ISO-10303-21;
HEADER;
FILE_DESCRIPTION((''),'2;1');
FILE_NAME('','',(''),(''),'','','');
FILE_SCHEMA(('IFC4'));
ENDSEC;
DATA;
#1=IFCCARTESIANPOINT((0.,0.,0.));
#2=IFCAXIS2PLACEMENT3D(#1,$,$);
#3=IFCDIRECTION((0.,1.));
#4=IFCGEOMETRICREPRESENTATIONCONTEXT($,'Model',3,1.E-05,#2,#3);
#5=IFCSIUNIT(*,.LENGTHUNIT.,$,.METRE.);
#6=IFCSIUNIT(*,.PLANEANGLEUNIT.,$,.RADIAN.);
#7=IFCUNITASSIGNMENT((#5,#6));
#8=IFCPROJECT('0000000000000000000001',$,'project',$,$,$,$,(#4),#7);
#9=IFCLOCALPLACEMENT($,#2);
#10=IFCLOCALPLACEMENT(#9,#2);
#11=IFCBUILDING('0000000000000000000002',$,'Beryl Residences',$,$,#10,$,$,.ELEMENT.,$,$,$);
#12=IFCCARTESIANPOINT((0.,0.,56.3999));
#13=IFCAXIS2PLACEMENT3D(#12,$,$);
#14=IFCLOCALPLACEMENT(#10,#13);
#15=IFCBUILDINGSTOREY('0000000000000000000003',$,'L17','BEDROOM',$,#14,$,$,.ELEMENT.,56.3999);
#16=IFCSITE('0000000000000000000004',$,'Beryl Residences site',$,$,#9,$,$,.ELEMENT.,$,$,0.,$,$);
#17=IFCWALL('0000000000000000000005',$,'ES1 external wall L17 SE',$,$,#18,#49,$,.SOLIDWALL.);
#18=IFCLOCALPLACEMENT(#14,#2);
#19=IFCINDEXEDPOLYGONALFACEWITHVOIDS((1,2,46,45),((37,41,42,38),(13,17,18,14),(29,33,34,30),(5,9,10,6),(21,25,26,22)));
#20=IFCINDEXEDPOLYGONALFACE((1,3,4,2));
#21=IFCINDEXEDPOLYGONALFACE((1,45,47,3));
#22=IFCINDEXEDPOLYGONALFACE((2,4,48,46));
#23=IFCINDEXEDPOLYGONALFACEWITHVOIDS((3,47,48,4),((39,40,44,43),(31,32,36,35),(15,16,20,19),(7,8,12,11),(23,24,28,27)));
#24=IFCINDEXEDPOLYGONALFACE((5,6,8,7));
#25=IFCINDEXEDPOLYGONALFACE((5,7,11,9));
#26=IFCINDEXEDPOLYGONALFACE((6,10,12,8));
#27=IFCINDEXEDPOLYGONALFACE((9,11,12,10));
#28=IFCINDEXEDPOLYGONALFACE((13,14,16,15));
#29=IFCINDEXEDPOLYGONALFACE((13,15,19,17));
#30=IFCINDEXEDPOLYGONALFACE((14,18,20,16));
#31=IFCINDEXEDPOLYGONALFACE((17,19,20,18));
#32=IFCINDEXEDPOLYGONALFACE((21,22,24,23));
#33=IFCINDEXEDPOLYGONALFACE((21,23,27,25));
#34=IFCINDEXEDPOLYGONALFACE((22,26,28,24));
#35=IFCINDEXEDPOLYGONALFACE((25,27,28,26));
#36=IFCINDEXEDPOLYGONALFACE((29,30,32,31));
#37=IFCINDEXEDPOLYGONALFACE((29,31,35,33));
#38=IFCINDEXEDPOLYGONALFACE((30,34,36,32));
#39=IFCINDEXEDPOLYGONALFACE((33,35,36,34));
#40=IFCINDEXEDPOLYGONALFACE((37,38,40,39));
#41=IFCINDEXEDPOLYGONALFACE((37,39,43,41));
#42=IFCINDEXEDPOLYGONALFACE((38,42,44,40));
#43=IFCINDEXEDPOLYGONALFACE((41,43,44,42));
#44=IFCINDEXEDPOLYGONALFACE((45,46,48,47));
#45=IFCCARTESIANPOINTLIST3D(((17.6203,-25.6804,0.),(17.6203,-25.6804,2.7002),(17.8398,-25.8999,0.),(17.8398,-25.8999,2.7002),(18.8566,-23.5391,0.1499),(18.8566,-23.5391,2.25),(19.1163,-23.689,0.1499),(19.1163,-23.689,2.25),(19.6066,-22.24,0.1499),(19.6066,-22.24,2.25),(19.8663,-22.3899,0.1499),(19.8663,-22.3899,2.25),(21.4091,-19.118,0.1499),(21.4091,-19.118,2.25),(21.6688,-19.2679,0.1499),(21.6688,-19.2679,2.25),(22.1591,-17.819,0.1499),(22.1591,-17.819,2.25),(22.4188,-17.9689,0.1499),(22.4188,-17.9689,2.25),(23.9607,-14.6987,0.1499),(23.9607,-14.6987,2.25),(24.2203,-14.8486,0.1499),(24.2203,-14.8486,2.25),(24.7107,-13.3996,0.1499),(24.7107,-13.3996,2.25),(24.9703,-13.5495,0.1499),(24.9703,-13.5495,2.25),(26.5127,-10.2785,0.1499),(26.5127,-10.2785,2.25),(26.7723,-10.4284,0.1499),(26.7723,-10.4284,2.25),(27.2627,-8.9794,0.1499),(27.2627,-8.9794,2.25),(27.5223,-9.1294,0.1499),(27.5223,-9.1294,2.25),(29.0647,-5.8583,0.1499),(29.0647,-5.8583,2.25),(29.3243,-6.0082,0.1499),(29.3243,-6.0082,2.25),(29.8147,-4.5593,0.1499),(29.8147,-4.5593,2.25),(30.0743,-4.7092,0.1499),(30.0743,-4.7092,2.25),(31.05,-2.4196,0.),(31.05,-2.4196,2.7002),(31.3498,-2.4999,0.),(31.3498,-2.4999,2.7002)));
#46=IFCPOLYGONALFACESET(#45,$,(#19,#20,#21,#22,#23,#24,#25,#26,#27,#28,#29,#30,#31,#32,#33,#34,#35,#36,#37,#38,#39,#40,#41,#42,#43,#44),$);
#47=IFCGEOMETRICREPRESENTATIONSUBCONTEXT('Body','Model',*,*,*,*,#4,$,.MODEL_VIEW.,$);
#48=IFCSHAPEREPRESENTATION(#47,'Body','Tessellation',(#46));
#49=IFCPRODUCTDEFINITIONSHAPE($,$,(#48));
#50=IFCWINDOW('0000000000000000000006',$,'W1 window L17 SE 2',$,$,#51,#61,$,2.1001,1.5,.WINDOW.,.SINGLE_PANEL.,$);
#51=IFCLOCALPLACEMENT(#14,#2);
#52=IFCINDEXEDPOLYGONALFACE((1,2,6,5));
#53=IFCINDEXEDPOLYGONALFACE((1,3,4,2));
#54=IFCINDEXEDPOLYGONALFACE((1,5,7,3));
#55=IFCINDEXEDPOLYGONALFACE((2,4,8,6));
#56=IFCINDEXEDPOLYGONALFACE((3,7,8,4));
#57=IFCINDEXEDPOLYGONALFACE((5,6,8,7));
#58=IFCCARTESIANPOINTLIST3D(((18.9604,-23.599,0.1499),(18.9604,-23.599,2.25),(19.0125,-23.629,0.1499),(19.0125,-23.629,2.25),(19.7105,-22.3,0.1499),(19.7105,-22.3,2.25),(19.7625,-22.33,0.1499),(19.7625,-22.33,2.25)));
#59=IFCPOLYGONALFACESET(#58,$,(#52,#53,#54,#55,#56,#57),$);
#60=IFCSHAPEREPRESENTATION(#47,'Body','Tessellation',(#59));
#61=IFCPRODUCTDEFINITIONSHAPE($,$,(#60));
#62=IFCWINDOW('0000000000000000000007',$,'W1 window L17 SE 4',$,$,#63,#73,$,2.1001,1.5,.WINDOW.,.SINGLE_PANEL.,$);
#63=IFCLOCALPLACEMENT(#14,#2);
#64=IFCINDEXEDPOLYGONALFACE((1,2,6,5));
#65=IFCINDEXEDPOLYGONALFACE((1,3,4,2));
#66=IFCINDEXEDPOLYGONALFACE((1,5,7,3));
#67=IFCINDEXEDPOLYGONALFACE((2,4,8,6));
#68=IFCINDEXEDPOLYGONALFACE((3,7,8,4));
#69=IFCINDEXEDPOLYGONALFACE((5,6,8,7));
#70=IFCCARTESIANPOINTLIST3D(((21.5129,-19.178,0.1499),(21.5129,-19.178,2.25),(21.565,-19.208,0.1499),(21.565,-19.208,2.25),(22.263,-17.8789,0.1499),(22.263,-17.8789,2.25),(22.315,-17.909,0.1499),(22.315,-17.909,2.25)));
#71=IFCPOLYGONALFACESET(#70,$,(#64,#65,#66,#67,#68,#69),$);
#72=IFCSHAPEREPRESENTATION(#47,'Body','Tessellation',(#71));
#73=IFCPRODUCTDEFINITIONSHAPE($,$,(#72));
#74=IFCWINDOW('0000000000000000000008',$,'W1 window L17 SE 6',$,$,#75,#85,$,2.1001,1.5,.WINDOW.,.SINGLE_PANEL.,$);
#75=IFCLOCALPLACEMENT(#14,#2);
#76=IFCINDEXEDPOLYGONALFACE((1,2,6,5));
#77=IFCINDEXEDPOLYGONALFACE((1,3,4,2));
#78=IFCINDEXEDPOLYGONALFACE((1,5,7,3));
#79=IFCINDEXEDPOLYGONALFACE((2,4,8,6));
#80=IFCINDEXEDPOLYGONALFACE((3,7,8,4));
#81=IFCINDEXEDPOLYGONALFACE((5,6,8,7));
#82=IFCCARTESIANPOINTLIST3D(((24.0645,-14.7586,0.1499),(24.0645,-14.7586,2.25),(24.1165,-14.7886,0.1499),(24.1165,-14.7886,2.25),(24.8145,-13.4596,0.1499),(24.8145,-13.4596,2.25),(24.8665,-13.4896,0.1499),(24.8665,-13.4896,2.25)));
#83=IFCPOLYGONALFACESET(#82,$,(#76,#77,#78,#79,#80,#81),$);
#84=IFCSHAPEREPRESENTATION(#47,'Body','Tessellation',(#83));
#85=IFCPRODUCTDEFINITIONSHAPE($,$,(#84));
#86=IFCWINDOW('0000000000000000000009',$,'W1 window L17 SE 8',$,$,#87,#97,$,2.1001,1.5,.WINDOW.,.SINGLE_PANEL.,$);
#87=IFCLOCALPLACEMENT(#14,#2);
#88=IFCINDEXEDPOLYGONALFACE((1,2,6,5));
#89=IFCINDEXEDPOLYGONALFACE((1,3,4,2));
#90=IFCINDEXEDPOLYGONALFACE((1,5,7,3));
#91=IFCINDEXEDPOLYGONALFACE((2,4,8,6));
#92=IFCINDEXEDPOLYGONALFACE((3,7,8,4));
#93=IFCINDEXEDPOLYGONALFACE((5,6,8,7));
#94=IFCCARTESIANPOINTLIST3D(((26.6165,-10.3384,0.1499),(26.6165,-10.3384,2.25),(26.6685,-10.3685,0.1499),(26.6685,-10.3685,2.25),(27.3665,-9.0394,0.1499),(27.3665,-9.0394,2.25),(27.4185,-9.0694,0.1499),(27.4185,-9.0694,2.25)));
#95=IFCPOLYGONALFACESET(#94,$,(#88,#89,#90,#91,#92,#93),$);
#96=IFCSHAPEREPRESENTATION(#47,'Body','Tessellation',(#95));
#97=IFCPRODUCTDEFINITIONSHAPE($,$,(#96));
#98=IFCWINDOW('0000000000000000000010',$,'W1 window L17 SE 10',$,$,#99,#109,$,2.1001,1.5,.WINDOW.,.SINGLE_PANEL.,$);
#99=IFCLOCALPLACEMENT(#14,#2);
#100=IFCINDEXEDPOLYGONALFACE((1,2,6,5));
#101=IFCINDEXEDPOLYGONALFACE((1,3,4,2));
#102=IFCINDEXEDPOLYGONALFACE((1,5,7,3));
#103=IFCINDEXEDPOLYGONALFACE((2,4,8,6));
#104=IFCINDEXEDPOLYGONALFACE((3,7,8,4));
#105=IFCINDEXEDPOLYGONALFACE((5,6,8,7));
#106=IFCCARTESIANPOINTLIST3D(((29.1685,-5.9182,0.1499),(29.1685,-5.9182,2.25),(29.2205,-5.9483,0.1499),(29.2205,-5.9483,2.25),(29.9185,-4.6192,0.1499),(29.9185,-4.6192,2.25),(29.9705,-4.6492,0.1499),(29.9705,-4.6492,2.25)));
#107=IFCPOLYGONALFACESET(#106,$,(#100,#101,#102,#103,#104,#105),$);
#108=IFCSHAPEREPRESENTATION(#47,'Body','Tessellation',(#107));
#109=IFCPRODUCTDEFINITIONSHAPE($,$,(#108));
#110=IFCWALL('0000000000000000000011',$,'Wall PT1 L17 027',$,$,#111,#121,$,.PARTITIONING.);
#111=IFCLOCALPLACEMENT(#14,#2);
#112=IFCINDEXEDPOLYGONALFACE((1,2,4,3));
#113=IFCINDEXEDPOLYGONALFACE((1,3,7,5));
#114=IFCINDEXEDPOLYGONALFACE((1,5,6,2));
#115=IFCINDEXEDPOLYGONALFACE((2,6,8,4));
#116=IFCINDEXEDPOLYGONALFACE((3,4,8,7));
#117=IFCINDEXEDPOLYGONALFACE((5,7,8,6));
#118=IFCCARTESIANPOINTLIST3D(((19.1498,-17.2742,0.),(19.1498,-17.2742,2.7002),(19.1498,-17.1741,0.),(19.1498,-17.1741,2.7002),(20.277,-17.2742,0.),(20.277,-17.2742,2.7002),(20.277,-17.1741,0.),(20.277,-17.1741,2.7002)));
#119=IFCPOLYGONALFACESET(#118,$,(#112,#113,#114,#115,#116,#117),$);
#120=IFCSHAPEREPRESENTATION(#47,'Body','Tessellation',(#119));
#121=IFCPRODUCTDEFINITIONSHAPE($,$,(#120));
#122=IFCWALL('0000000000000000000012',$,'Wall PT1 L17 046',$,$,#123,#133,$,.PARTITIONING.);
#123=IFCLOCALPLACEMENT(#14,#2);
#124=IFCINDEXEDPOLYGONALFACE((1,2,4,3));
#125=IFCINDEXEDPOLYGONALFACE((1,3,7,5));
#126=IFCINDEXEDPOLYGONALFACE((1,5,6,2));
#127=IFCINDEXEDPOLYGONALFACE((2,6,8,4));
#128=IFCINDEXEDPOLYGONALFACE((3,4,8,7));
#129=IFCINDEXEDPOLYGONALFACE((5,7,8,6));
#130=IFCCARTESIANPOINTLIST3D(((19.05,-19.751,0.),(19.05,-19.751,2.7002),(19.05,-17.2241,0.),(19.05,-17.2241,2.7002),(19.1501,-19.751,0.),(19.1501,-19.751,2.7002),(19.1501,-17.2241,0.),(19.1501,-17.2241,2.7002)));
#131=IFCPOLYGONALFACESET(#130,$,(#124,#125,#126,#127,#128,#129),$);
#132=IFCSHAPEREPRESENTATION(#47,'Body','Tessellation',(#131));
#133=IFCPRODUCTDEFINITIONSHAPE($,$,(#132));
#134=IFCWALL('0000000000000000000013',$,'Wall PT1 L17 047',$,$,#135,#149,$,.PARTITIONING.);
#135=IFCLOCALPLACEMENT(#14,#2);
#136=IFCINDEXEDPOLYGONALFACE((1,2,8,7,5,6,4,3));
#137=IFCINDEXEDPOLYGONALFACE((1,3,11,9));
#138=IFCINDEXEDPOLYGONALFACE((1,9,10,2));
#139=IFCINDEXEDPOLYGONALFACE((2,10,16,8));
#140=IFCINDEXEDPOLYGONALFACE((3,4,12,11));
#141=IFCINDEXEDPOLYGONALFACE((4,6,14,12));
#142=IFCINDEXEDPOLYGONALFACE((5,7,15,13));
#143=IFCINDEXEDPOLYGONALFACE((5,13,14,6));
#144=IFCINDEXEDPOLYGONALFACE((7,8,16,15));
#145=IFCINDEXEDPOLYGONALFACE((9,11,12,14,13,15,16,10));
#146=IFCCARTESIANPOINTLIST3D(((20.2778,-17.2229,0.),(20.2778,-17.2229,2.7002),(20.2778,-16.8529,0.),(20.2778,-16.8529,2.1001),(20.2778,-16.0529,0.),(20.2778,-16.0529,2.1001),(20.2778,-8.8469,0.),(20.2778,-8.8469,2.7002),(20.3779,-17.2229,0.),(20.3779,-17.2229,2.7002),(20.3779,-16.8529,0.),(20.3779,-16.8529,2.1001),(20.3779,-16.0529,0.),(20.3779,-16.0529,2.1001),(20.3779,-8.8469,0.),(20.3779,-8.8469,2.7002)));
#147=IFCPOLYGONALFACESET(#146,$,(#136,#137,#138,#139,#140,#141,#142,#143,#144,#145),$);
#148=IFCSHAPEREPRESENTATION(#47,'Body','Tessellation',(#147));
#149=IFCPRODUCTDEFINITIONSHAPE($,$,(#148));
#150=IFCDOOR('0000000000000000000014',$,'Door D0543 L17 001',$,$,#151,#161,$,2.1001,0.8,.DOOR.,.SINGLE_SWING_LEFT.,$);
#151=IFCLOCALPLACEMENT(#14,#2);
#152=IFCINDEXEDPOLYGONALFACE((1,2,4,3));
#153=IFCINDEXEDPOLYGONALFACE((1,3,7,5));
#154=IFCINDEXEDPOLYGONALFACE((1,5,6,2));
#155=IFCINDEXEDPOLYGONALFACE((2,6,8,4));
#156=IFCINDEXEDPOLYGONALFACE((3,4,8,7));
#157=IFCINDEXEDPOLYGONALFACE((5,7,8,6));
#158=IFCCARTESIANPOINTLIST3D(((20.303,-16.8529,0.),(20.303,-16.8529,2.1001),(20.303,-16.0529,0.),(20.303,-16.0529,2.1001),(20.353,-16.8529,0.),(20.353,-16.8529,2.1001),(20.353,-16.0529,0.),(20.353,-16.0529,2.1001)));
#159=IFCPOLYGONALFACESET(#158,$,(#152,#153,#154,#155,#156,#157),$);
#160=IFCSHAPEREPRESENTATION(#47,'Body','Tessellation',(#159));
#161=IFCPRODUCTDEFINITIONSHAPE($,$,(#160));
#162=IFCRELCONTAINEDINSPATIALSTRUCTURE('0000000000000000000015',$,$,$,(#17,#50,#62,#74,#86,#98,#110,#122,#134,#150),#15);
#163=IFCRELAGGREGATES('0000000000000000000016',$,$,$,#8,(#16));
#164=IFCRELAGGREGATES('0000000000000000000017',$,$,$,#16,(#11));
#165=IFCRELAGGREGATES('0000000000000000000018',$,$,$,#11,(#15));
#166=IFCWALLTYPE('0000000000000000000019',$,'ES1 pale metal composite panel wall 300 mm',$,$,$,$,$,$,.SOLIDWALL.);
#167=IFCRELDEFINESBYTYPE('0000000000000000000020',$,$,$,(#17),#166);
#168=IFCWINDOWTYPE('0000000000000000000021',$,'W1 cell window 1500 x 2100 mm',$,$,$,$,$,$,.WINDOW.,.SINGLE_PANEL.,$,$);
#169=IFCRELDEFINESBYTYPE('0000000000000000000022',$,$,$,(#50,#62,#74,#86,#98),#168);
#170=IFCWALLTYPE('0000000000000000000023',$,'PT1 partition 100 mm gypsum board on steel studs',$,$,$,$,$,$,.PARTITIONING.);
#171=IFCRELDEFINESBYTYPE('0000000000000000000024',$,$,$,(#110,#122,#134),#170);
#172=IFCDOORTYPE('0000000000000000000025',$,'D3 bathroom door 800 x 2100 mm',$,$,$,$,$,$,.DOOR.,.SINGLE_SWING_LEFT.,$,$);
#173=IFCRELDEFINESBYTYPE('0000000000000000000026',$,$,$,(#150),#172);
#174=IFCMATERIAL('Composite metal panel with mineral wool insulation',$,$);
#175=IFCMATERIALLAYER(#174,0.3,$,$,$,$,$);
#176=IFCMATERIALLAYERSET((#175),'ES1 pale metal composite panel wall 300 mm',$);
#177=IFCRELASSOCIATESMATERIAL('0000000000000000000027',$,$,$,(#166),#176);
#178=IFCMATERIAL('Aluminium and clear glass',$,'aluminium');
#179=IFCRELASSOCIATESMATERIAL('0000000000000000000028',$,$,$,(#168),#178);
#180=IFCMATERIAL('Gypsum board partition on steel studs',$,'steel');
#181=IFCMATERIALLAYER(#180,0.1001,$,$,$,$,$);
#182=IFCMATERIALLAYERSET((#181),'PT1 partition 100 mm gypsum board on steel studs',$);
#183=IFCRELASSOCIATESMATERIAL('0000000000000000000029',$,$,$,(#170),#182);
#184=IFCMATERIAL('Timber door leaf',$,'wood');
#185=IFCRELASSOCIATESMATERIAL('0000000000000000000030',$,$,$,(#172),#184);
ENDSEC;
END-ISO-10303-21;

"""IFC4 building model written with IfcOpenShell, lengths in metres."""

from ifc_helpers import new_model, si_unit, direction, frame, frame_2d, origin, place, context, subcontext, project, spatial, polyline, rectangle, outline, extrude, material, layer, layer_set, type_object, element, fill, save


model = new_model("IFC4")

# Units and contexts
model_context = context("Model", 3, precision=1e-05, world=origin(), true_north=direction((0.0, 1.0)))
body_context = subcontext(model_context, "Body", "Model", "MODEL_VIEW")
ifc_project = project(units=[si_unit("LENGTHUNIT", "METRE"), si_unit("PLANEANGLEUNIT", "RADIAN")], contexts=[model_context])

# Site, building, storey
site_placement = place(None, origin())
site = spatial("IfcSite", under=ifc_project, at=site_placement, Name="Beryl Residences site", CompositionType="ELEMENT", RefElevation=0.0)
building_placement = place(site_placement, origin())
building = spatial("IfcBuilding", under=site, at=building_placement, Name="Beryl Residences", CompositionType="ELEMENT")
storey_placement = place(building_placement, frame((0.0, 0.0, 56.3999)))
storey = spatial("IfcBuildingStorey", under=building, at=storey_placement, Name="L17", Description="BEDROOM", CompositionType="ELEMENT", Elevation=56.3999)

# Shared definitions
ifc_material_1 = material(Name="Composite metal panel with mineral wool insulation")
ifc_layer_1 = layer(ifc_material_1, 0.3)
ifc_layer_set_1 = layer_set([ifc_layer_1], Name="ES1 pale metal composite panel wall 300 mm")
wall_type_1 = type_object("IfcWallType", Name="ES1 pale metal composite panel wall 300 mm", PredefinedType="SOLIDWALL", material=ifc_layer_set_1)

# Wall, openings, windows
wall_1_placement = place(storey_placement, frame((17.71, -25.825, 0.0), z_axis=(0.0, 0.0, 1.0), x_axis=(0.500002, 0.866024, 0.0)))
wall_1 = element("IfcWall", 1, at=wall_1_placement, inside=storey, type_object=wall_type_1, Name="ES1 external wall L17 SE", PredefinedType="SOLIDWALL", context=body_context, shape_type="SweptSolid", body=[
    extrude(outline(polyline([(0.0, -0.1499), (27.02, -0.1499), (26.9397, 0.1499), (0.0803, 0.1499), (0.0, -0.1499)])), origin(), (0.0, 0.0, 1.0), 2.7002),
])
opening_1_placement = place(wall_1_placement, frame((2.553, 0.0, 0.1499)))
opening_1 = element("IfcOpeningElement", 2, at=opening_1_placement, cuts=wall_1, PredefinedType="OPENING", context=body_context, shape_type="SweptSolid", body=[
    extrude(rectangle(XDim=1.5, YDim=2.1001, at=frame_2d((0.75, 1.05))), frame((0.0, 0.1599, 0.0), z_axis=(0.0, -1.0, 0.0), x_axis=(1.0, 0.0, 0.0)), (0.0, 0.0, 1.0), 0.3201),
])
opening_2_placement = place(wall_1_placement, frame((7.658, 0.0, 0.1499)))
opening_2 = element("IfcOpeningElement", 3, at=opening_2_placement, cuts=wall_1, PredefinedType="OPENING", context=body_context, shape_type="SweptSolid", body=[
    extrude(rectangle(XDim=1.5, YDim=2.1001, at=frame_2d((0.75, 1.05))), frame((0.0, 0.1599, 0.0), z_axis=(0.0, -1.0, 0.0), x_axis=(1.0, 0.0, 0.0)), (0.0, 0.0, 1.0), 0.3201),
])
opening_3_placement = place(wall_1_placement, frame((12.761, 0.0, 0.1499)))
opening_3 = element("IfcOpeningElement", 4, at=opening_3_placement, cuts=wall_1, PredefinedType="OPENING", context=body_context, shape_type="SweptSolid", body=[
    extrude(rectangle(XDim=1.5, YDim=2.1001, at=frame_2d((0.75, 1.05))), frame((0.0, 0.1599, 0.0), z_axis=(0.0, -1.0, 0.0), x_axis=(1.0, 0.0, 0.0)), (0.0, 0.0, 1.0), 0.3201),
])
opening_4_placement = place(wall_1_placement, frame((17.865, 0.0, 0.1499)))
opening_4 = element("IfcOpeningElement", 5, at=opening_4_placement, cuts=wall_1, PredefinedType="OPENING", context=body_context, shape_type="SweptSolid", body=[
    extrude(rectangle(XDim=1.5, YDim=2.1001, at=frame_2d((0.75, 1.05))), frame((0.0, 0.1599, 0.0), z_axis=(0.0, -1.0, 0.0), x_axis=(1.0, 0.0, 0.0)), (0.0, 0.0, 1.0), 0.3201),
])
opening_5_placement = place(wall_1_placement, frame((22.969, 0.0, 0.1499)))
opening_5 = element("IfcOpeningElement", 6, at=opening_5_placement, cuts=wall_1, PredefinedType="OPENING", context=body_context, shape_type="SweptSolid", body=[
    extrude(rectangle(XDim=1.5, YDim=2.1001, at=frame_2d((0.75, 1.05))), frame((0.0, 0.1599, 0.0), z_axis=(0.0, -1.0, 0.0), x_axis=(1.0, 0.0, 0.0)), (0.0, 0.0, 1.0), 0.3201),
])
ifc_material_2 = material(Name="Aluminium and clear glass", Category="aluminium")
window_type_1 = type_object("IfcWindowType", Name="W1 cell window 1500 x 2100 mm", PartitioningType="SINGLE_PANEL", PredefinedType="WINDOW", material=ifc_material_2)
window_1_placement = place(opening_1_placement, origin())
window_1 = element("IfcWindow", 7, at=window_1_placement, inside=storey, type_object=window_type_1, Name="W1 window L17 SE 2", OverallHeight=2.1001, OverallWidth=1.5, PartitioningType="SINGLE_PANEL", PredefinedType="WINDOW", context=body_context, shape_type="SweptSolid", body=[
    extrude(rectangle(XDim=1.5, YDim=2.1001, at=frame_2d((0.75, 1.05))), frame((0.0, 0.03, 0.0), z_axis=(0.0, -1.0, 0.0), x_axis=(1.0, 0.0, 0.0)), (0.0, 0.0, 1.0), 0.0601),
])
fill(opening_1, window_1)
window_2_placement = place(opening_2_placement, origin())
window_2 = element("IfcWindow", 8, at=window_2_placement, inside=storey, type_object=window_type_1, Name="W1 window L17 SE 4", OverallHeight=2.1001, OverallWidth=1.5, PartitioningType="SINGLE_PANEL", PredefinedType="WINDOW", context=body_context, shape_type="SweptSolid", body=[
    extrude(rectangle(XDim=1.5, YDim=2.1001, at=frame_2d((0.75, 1.05))), frame((0.0, 0.03, 0.0), z_axis=(0.0, -1.0, 0.0), x_axis=(1.0, 0.0, 0.0)), (0.0, 0.0, 1.0), 0.0601),
])
fill(opening_2, window_2)
window_3_placement = place(opening_3_placement, origin())
window_3 = element("IfcWindow", 9, at=window_3_placement, inside=storey, type_object=window_type_1, Name="W1 window L17 SE 6", OverallHeight=2.1001, OverallWidth=1.5, PartitioningType="SINGLE_PANEL", PredefinedType="WINDOW", context=body_context, shape_type="SweptSolid", body=[
    extrude(rectangle(XDim=1.5, YDim=2.1001, at=frame_2d((0.75, 1.05))), frame((0.0, 0.03, 0.0), z_axis=(0.0, -1.0, 0.0), x_axis=(1.0, 0.0, 0.0)), (0.0, 0.0, 1.0), 0.0601),
])
fill(opening_3, window_3)
window_4_placement = place(opening_4_placement, origin())
window_4 = element("IfcWindow", 10, at=window_4_placement, inside=storey, type_object=window_type_1, Name="W1 window L17 SE 8", OverallHeight=2.1001, OverallWidth=1.5, PartitioningType="SINGLE_PANEL", PredefinedType="WINDOW", context=body_context, shape_type="SweptSolid", body=[
    extrude(rectangle(XDim=1.5, YDim=2.1001, at=frame_2d((0.75, 1.05))), frame((0.0, 0.03, 0.0), z_axis=(0.0, -1.0, 0.0), x_axis=(1.0, 0.0, 0.0)), (0.0, 0.0, 1.0), 0.0601),
])
fill(opening_4, window_4)
window_5_placement = place(opening_5_placement, origin())
window_5 = element("IfcWindow", 11, at=window_5_placement, inside=storey, type_object=window_type_1, Name="W1 window L17 SE 10", OverallHeight=2.1001, OverallWidth=1.5, PartitioningType="SINGLE_PANEL", PredefinedType="WINDOW", context=body_context, shape_type="SweptSolid", body=[
    extrude(rectangle(XDim=1.5, YDim=2.1001, at=frame_2d((0.75, 1.05))), frame((0.0, 0.03, 0.0), z_axis=(0.0, -1.0, 0.0), x_axis=(1.0, 0.0, 0.0)), (0.0, 0.0, 1.0), 0.0601),
])
fill(opening_5, window_5)

# Walls
ifc_material_3 = material(Name="Gypsum board partition on steel studs", Category="steel")
ifc_layer_2 = layer(ifc_material_3, 0.1001)
ifc_layer_set_2 = layer_set([ifc_layer_2], Name="PT1 partition 100 mm gypsum board on steel studs")
wall_type_2 = type_object("IfcWallType", Name="PT1 partition 100 mm gypsum board on steel studs", PredefinedType="PARTITIONING", material=ifc_layer_set_2)
wall_2_placement = place(storey_placement, frame((19.1499, -17.2241, 0.0), z_axis=(0.0, 0.0, 1.0), x_axis=(1.0, 0.0, 0.0)))
element("IfcWall", 12, at=wall_2_placement, inside=storey, type_object=wall_type_2, Name="Wall PT1 L17 027", PredefinedType="PARTITIONING", context=body_context, shape_type="SweptSolid", body=[
    extrude(rectangle(XDim=1.1272, YDim=0.1001, at=frame_2d((0.5635, 0.0))), origin(), (0.0, 0.0, 1.0), 2.7002),
])
wall_3_placement = place(storey_placement, frame((19.1001, -19.751, 0.0), z_axis=(0.0, 0.0, 1.0), x_axis=(0.0, 1.0, 0.0)))
element("IfcWall", 13, at=wall_3_placement, inside=storey, type_object=wall_type_2, Name="Wall PT1 L17 046", PredefinedType="PARTITIONING", context=body_context, shape_type="SweptSolid", body=[
    extrude(rectangle(XDim=2.5269, YDim=0.1001, at=frame_2d((1.2634, 0.0))), origin(), (0.0, 0.0, 1.0), 2.7002),
])

# Wall, opening, door
wall_4_placement = place(storey_placement, frame((20.3279, -17.2229, 0.0), z_axis=(0.0, 0.0, 1.0), x_axis=(0.0, 1.0, 0.0)))
wall_4 = element("IfcWall", 14, at=wall_4_placement, inside=storey, type_object=wall_type_2, Name="Wall PT1 L17 047", PredefinedType="PARTITIONING", context=body_context, shape_type="SweptSolid", body=[
    extrude(rectangle(XDim=8.376, YDim=0.1001, at=frame_2d((4.188, 0.0))), origin(), (0.0, 0.0, 1.0), 2.7002),
])
opening_6_placement = place(wall_4_placement, frame((0.3701, 0.0, 0.0)))
opening_6 = element("IfcOpeningElement", 15, at=opening_6_placement, cuts=wall_4, PredefinedType="OPENING", context=body_context, shape_type="SweptSolid", body=[
    extrude(rectangle(XDim=0.8, YDim=2.1001, at=frame_2d((0.3999, 1.05))), frame((0.0, 0.0601, 0.0), z_axis=(0.0, -1.0, 0.0), x_axis=(1.0, 0.0, 0.0)), (0.0, 0.0, 1.0), 0.1201),
])
ifc_material_4 = material(Name="Timber door leaf", Category="wood")
door_type = type_object("IfcDoorType", Name="D3 bathroom door 800 x 2100 mm", OperationType="SINGLE_SWING_LEFT", PredefinedType="DOOR", material=ifc_material_4)
door_1_placement = place(opening_6_placement, origin())
door_1 = element("IfcDoor", 16, at=door_1_placement, inside=storey, type_object=door_type, Name="Door D0543 L17 001", OperationType="SINGLE_SWING_LEFT", OverallHeight=2.1001, OverallWidth=0.8, PredefinedType="DOOR", context=body_context, shape_type="SweptSolid", body=[
    extrude(rectangle(XDim=0.8, YDim=2.1001, at=frame_2d((0.3999, 1.05))), frame((0.0, 0.0249, 0.0), z_axis=(0.0, -1.0, 0.0), x_axis=(1.0, 0.0, 0.0)), (0.0, 0.0, 1.0), 0.05),
])
fill(opening_6, door_1)

save(model, "model.ifc")
